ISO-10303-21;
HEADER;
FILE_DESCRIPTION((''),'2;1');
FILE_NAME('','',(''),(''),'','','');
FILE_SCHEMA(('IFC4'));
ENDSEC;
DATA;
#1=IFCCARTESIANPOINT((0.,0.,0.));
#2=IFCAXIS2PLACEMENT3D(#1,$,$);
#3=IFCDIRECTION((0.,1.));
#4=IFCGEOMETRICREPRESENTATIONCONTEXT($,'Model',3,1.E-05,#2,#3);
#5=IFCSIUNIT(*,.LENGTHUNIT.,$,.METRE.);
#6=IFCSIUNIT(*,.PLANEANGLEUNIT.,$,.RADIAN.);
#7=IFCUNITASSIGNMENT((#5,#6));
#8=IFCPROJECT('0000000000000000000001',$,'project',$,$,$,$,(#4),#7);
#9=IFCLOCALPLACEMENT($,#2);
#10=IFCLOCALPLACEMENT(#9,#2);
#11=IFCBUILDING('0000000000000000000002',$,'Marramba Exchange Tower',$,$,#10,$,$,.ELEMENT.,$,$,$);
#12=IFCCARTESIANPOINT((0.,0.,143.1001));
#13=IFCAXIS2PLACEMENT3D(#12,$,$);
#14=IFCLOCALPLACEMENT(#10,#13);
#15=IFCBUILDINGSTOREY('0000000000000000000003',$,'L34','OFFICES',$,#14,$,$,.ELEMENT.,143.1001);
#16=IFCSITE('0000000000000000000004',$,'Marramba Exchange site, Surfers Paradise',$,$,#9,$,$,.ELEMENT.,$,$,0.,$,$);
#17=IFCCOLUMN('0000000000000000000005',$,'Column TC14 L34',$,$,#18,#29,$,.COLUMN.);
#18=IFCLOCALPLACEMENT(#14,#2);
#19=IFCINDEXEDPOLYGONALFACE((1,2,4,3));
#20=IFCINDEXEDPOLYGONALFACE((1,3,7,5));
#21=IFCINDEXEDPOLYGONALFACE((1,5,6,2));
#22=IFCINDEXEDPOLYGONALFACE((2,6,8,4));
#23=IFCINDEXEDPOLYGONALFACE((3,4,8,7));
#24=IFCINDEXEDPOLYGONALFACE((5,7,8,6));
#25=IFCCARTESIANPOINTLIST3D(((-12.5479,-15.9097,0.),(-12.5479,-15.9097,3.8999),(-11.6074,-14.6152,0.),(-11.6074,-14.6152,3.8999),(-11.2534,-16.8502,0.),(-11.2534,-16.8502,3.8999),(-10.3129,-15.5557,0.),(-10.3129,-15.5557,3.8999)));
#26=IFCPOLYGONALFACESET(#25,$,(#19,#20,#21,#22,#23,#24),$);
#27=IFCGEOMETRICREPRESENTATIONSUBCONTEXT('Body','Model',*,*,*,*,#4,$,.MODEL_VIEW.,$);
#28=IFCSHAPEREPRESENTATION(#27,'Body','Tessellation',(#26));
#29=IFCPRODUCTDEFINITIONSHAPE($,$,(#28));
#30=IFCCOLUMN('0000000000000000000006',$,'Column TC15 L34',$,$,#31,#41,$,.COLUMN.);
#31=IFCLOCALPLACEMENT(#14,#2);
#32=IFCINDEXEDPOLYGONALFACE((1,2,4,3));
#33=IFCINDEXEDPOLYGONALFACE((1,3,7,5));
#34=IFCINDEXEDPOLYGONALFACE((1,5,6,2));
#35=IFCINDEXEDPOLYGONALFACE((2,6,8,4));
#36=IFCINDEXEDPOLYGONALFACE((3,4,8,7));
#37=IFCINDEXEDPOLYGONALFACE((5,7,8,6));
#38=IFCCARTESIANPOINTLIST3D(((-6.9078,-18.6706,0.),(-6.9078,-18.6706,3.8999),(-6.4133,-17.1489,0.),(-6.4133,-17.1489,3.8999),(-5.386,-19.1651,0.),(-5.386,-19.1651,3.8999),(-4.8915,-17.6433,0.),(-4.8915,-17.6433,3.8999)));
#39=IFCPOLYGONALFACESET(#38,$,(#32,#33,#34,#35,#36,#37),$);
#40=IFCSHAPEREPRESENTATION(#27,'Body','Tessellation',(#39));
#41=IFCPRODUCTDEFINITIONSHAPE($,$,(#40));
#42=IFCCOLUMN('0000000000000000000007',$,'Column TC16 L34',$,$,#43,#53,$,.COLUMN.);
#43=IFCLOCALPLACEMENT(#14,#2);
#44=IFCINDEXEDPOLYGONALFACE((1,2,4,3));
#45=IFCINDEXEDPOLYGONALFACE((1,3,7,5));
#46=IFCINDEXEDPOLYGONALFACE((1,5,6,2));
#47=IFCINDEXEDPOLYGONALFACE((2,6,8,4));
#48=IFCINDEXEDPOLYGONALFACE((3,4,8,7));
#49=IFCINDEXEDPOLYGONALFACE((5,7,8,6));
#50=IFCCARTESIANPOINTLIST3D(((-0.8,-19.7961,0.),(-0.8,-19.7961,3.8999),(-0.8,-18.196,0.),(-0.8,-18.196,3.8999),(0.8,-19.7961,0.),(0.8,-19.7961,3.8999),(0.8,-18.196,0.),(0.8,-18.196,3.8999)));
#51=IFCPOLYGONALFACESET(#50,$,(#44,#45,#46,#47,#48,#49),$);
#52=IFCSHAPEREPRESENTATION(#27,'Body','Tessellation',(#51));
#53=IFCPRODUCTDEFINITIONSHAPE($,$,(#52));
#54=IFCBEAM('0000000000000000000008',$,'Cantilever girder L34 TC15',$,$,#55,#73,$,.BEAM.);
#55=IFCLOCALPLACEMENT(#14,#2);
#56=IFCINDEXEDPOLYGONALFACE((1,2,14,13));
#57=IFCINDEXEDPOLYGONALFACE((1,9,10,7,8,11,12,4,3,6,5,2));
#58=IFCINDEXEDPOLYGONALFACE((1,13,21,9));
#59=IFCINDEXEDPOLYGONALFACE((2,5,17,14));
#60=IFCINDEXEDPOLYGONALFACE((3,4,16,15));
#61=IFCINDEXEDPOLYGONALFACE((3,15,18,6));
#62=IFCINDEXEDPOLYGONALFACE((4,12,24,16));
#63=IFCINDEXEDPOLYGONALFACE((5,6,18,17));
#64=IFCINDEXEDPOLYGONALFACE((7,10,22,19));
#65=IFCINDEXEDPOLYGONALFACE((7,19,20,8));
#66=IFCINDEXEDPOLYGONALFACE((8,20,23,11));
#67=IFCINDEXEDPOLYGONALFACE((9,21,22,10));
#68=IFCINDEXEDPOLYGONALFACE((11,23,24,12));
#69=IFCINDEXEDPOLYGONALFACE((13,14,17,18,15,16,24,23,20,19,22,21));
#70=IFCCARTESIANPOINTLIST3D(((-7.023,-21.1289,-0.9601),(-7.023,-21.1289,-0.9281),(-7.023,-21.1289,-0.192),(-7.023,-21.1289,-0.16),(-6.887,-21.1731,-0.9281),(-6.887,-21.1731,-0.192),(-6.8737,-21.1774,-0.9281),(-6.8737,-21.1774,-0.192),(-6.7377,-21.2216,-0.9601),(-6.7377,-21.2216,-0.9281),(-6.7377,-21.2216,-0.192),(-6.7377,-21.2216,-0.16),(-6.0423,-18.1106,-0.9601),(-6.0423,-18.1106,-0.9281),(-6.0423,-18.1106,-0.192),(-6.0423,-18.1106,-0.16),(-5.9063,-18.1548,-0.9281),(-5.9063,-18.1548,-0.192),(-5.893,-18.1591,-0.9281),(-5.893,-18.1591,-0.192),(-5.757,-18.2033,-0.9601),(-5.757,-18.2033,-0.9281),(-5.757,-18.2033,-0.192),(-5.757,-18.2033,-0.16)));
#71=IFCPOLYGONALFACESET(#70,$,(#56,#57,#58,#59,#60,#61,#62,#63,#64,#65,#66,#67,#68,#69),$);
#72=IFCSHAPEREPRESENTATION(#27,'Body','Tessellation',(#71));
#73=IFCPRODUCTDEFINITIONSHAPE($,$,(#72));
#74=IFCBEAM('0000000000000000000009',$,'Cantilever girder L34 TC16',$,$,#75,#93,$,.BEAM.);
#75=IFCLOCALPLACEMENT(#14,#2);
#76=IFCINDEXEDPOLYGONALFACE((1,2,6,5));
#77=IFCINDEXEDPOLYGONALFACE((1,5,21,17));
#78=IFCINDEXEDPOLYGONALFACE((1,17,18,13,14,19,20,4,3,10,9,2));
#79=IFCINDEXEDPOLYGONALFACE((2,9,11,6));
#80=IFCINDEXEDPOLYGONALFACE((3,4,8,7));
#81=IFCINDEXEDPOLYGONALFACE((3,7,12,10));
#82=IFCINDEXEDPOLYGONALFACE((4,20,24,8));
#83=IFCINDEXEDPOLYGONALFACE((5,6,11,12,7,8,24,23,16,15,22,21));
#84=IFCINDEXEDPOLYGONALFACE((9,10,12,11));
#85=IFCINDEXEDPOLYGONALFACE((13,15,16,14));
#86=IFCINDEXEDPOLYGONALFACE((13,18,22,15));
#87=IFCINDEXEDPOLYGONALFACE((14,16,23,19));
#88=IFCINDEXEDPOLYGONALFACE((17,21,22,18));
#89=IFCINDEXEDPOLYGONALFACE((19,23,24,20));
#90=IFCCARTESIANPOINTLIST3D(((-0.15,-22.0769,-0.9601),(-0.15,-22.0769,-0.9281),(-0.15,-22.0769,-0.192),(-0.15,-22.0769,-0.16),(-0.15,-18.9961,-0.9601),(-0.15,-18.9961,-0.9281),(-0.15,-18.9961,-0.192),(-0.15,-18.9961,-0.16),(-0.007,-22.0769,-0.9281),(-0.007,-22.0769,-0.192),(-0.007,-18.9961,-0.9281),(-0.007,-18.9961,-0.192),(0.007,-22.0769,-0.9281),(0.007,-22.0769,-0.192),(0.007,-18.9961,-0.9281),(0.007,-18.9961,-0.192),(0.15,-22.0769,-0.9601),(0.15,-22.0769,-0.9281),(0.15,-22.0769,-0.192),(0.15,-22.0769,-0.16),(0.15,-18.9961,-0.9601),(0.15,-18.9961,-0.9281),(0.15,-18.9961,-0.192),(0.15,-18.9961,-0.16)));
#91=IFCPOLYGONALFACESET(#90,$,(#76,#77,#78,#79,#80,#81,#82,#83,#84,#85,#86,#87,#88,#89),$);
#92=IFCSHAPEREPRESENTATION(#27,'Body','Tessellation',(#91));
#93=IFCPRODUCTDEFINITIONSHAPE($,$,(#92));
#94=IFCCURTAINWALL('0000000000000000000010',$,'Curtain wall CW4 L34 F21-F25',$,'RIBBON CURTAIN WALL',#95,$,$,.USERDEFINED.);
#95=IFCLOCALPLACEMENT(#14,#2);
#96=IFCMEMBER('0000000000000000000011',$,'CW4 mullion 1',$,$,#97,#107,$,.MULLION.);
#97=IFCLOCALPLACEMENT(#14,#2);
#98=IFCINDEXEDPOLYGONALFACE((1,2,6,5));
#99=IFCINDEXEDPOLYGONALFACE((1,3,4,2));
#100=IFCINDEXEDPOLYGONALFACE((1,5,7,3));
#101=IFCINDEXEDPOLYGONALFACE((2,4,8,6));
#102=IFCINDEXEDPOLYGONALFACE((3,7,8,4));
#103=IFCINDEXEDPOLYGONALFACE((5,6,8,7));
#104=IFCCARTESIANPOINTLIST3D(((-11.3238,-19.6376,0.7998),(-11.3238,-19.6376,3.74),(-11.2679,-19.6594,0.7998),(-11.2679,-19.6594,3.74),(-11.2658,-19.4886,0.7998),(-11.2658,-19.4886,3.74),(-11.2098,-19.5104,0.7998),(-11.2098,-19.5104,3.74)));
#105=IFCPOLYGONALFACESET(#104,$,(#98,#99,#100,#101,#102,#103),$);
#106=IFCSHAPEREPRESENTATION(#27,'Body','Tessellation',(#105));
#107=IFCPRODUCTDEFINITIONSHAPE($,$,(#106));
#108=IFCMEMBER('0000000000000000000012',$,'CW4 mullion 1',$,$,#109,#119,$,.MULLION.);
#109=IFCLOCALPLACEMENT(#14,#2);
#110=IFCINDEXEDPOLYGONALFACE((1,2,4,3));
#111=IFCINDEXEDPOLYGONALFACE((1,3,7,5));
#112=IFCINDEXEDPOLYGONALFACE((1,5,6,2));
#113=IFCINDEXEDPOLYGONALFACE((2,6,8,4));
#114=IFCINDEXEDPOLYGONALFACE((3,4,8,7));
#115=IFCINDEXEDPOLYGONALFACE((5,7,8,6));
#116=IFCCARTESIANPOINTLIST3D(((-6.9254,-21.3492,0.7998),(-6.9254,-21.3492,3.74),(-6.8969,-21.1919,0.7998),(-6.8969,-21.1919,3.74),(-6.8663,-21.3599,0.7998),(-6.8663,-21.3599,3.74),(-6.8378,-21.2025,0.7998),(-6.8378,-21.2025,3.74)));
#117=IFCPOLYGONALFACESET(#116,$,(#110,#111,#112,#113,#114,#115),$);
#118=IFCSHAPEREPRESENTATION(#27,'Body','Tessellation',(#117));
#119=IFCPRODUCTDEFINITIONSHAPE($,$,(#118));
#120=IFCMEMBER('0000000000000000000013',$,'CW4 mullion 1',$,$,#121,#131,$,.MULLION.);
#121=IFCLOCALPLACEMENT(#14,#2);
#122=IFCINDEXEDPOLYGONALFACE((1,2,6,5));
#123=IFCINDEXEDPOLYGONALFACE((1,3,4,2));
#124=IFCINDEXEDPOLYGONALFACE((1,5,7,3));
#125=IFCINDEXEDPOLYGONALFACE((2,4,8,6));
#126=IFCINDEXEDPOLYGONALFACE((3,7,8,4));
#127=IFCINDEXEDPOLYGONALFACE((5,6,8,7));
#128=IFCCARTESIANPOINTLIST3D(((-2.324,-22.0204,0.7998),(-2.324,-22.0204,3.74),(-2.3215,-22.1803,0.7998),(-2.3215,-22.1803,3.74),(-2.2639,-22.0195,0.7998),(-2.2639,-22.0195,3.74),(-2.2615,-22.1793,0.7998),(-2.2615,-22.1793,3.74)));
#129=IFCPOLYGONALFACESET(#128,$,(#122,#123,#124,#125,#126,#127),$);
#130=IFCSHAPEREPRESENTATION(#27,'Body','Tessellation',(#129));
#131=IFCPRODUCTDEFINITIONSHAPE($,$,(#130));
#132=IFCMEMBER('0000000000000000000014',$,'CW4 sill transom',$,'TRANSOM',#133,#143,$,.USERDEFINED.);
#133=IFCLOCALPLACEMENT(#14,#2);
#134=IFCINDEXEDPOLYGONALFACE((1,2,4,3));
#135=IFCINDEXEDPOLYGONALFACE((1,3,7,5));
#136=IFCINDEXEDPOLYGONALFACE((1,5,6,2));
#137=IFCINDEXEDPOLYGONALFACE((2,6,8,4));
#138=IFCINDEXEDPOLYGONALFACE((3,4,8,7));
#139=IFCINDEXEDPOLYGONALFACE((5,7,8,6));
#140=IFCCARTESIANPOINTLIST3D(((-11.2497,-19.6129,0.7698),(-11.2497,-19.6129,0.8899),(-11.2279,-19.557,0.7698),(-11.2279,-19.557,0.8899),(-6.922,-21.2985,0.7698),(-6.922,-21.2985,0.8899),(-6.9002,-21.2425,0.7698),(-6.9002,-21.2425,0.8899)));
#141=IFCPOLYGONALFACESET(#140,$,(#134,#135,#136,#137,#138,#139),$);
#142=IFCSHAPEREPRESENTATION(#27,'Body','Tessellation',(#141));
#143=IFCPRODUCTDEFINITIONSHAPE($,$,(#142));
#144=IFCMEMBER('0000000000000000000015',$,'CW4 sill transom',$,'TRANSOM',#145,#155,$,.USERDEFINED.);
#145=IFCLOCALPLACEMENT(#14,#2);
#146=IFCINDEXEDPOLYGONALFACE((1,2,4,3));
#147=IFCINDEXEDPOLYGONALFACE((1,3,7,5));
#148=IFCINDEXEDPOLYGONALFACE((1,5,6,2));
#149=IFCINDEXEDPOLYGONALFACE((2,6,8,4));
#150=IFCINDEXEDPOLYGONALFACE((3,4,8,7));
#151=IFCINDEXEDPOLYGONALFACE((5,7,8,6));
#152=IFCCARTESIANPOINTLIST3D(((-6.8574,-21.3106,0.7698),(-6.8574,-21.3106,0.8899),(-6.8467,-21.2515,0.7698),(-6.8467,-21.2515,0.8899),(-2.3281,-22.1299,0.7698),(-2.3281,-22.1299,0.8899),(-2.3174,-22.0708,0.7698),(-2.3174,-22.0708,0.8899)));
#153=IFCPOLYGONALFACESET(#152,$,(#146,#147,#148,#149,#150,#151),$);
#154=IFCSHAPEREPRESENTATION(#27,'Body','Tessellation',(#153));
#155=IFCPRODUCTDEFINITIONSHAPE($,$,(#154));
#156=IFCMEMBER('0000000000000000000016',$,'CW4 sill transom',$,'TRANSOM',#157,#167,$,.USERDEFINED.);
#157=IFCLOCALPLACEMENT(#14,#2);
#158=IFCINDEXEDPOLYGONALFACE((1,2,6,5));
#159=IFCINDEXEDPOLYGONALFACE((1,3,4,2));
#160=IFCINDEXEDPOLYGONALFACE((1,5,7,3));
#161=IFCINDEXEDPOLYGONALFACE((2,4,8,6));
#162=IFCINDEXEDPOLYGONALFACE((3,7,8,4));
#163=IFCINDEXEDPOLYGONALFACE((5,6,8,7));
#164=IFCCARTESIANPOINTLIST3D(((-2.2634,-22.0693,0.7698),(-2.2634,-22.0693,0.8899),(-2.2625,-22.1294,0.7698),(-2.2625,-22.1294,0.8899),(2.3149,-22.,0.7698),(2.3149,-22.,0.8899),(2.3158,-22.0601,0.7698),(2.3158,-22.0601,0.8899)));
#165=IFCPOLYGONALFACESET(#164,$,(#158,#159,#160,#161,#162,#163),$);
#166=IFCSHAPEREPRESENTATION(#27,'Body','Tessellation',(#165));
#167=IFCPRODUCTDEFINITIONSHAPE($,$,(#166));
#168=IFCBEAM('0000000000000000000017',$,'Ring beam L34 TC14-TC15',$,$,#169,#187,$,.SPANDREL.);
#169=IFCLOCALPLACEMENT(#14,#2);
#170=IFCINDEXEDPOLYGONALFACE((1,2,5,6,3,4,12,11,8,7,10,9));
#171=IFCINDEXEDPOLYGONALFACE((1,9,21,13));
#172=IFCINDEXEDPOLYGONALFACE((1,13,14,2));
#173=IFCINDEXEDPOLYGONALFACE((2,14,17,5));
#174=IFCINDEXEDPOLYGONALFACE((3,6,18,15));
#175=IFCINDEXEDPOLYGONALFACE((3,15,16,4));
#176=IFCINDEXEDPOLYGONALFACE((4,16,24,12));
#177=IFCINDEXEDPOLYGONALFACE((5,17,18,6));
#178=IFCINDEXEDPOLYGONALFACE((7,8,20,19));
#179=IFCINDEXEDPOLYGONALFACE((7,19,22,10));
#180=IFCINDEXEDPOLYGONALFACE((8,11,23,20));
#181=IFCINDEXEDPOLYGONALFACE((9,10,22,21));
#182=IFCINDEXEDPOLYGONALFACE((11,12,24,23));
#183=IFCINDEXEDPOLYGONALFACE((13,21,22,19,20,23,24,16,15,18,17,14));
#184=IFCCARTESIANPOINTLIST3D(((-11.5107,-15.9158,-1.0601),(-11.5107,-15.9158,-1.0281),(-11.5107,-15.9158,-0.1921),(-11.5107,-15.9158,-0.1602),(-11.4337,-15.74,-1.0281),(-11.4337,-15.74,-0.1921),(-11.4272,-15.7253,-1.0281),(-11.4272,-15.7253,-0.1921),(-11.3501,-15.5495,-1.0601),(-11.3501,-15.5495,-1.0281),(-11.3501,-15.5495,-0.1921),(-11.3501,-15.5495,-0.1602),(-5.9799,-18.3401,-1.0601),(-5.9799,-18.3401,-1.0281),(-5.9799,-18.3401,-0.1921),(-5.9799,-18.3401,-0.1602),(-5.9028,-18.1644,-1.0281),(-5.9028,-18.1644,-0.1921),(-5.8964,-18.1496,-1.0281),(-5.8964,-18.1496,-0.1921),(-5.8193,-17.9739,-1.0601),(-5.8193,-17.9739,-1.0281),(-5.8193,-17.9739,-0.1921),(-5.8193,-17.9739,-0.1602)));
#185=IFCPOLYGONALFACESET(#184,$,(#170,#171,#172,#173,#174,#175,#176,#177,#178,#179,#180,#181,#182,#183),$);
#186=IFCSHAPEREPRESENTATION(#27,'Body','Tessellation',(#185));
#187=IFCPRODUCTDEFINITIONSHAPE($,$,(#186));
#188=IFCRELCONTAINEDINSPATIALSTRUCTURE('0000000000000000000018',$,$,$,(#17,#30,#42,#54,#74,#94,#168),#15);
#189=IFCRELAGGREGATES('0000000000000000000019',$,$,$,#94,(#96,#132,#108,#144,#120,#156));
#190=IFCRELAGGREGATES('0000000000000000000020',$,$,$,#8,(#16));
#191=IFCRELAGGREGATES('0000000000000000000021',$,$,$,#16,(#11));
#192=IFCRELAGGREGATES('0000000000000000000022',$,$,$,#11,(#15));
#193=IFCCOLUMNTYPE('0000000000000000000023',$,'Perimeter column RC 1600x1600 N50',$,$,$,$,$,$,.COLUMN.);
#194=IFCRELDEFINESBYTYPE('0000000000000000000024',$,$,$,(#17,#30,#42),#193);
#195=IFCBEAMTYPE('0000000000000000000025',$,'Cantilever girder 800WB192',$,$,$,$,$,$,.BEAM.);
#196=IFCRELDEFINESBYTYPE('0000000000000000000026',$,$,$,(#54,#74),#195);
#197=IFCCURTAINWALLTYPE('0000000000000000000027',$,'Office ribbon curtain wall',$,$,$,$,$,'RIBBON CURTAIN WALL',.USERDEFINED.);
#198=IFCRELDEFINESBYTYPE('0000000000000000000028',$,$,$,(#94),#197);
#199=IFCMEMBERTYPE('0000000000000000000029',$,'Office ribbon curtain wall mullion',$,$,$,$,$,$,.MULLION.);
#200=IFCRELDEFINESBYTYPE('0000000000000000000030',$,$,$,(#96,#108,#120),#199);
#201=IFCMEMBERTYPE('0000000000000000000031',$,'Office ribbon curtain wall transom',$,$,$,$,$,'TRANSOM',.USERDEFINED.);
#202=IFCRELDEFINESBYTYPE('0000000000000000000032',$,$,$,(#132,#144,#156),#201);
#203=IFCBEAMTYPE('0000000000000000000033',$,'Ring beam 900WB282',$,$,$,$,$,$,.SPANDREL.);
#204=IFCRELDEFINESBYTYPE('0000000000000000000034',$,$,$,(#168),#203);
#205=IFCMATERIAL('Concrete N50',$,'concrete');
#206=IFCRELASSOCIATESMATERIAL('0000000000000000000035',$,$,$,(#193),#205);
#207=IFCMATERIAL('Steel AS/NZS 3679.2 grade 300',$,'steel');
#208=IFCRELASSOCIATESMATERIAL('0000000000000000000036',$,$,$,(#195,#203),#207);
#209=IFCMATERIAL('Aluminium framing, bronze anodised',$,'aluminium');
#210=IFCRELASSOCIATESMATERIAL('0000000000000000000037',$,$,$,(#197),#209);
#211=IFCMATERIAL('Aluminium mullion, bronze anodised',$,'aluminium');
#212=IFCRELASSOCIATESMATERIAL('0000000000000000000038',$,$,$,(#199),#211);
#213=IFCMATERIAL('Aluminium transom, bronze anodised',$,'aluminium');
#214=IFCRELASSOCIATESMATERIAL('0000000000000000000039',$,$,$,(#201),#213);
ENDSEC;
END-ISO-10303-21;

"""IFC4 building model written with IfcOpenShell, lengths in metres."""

from ifc_helpers import new_model, si_unit, direction, frame, origin, origin_2d, place, context, subcontext, project, spatial, rectangle, i_section, extrude, material, material_profile, profile_set, type_object, element, aggregate, save


model = new_model("IFC4")

# Units and contexts
model_context = context("Model", 3, precision=1e-05, world=origin(), true_north=direction((0.0, 1.0)))
body_context = subcontext(model_context, "Body", "Model", "MODEL_VIEW")
ifc_project = project(units=[si_unit("LENGTHUNIT", "METRE"), si_unit("PLANEANGLEUNIT", "RADIAN")], contexts=[model_context])

# Site, building, storey
site_placement = place(None, origin())
site = spatial("IfcSite", under=ifc_project, at=site_placement, Name="Marramba Exchange site, Surfers Paradise", CompositionType="ELEMENT", RefElevation=0.0)
building_placement = place(site_placement, origin())
building = spatial("IfcBuilding", under=site, at=building_placement, Name="Marramba Exchange Tower", CompositionType="ELEMENT")
storey_placement = place(building_placement, frame((0.0, 0.0, 143.1001)))
storey = spatial("IfcBuildingStorey", under=building, at=storey_placement, Name="L34", Description="OFFICES", CompositionType="ELEMENT", Elevation=143.1001)

# Columns
ifc_material_1 = material(Name="Concrete N50", Category="concrete")
ifc_material_profile_1 = material_profile(ifc_material_1, rectangle(XDim=1.6001, YDim=1.6001, at=origin_2d()), Name="RC 1600x1600")
ifc_profile_set_1 = profile_set([ifc_material_profile_1], Name="Concrete N50")
column_type = type_object("IfcColumnType", Name="Perimeter column RC 1600x1600 N50", PredefinedType="COLUMN", material=ifc_profile_set_1)
for number, where, z_axis, x_axis, name in (
    (1, (-11.4304, -15.7327, 0.0), (0.0, 0.0, 1.0), (-0.587785, -0.809017, 0.0), "Column TC14 L34"),
    (2, (-5.8997, -18.157, 0.0), (0.0, 0.0, 1.0), (-0.309017, -0.951057, 0.0), "Column TC15 L34"),
    (3, (0.0, -18.9961, 0.0), (0.0, 0.0, 1.0), (0.0, -1.0, 0.0), "Column TC16 L34"),
):
    element("IfcColumn", number, at=place(storey_placement, frame(where, z_axis=z_axis, x_axis=x_axis)), inside=storey, type_object=column_type, Name=name, PredefinedType="COLUMN", context=body_context, shape_type="SweptSolid", body=[
        extrude(rectangle(XDim=1.6001, YDim=1.6001, at=origin_2d()), origin(), (0.0, 0.0, 1.0), 3.8999),
    ])

# Beams
ifc_material_2 = material(Name="Steel AS/NZS 3679.2 grade 300", Category="steel")
ifc_material_profile_2 = material_profile(ifc_material_2, i_section(OverallWidth=0.3, OverallDepth=0.8, WebThickness=0.0139, FlangeThickness=0.032, at=origin_2d()), Name="800WB192")
ifc_profile_set_2 = profile_set([ifc_material_profile_2], Name="Steel AS/NZS 3679.2 grade 300")
beam_type_1 = type_object("IfcBeamType", Name="Cantilever girder 800WB192", PredefinedType="BEAM", material=ifc_profile_set_2)
beam_1_placement = place(storey_placement, frame((-5.8997, -18.157, -0.5601), z_axis=(-0.309018, -0.951056, 0.0), x_axis=(0.951056, -0.309018, 0.0)))
element("IfcBeam", 4, at=beam_1_placement, inside=storey, type_object=beam_type_1, Name="Cantilever girder L34 TC15", PredefinedType="BEAM", context=body_context, shape_type="SweptSolid", body=[
    extrude(i_section(OverallWidth=0.3, OverallDepth=0.8, WebThickness=0.0139, FlangeThickness=0.032, at=origin_2d()), origin(), (0.0, 0.0, 1.0), 3.1736),
])
beam_2_placement = place(storey_placement, frame((0.0, -18.9961, -0.5601), z_axis=(0.0, -1.0, 0.0), x_axis=(1.0, 0.0, 0.0)))
element("IfcBeam", 5, at=beam_2_placement, inside=storey, type_object=beam_type_1, Name="Cantilever girder L34 TC16", PredefinedType="BEAM", context=body_context, shape_type="SweptSolid", body=[
    extrude(i_section(OverallWidth=0.3, OverallDepth=0.8, WebThickness=0.0139, FlangeThickness=0.032, at=origin_2d()), origin(), (0.0, 0.0, 1.0), 3.0808),
])

# Curtain wall, members
ifc_material_3 = material(Name="Aluminium framing, bronze anodised", Category="aluminium")
curtain_wall_type = type_object("IfcCurtainWallType", Name="Office ribbon curtain wall", ElementType="RIBBON CURTAIN WALL", PredefinedType="USERDEFINED", material=ifc_material_3)
curtain_wall_placement = place(storey_placement, origin())
curtain_wall = element("IfcCurtainWall", 6, at=curtain_wall_placement, inside=storey, type_object=curtain_wall_type, Name="Curtain wall CW4 L34 F21-F25", ObjectType="RIBBON CURTAIN WALL", PredefinedType="USERDEFINED")
ifc_material_4 = material(Name="Aluminium mullion, bronze anodised", Category="aluminium")
ifc_material_profile_3 = material_profile(ifc_material_4, rectangle(XDim=0.1599, YDim=0.0601, at=origin_2d()), Name="CW4 mullion 60x160")
ifc_profile_set_3 = profile_set([ifc_material_profile_3], Name="Aluminium mullion, bronze anodised")
member_type_1 = type_object("IfcMemberType", Name="Office ribbon curtain wall mullion", PredefinedType="MULLION", material=ifc_profile_set_3)
member_1_placement = place(storey_placement, frame((-11.2668, -19.574, 0.7998), z_axis=(0.0, 0.0, 1.0), x_axis=(0.362925, 0.931818, 0.0)))
member_1 = element("IfcMember", 7, at=member_1_placement, type_object=member_type_1, Name="CW4 mullion 1", PredefinedType="MULLION", context=body_context, shape_type="SweptSolid", body=[
    extrude(rectangle(XDim=0.1599, YDim=0.0601, at=origin_2d()), origin(), (0.0, 0.0, 1.0), 2.9402),
])
member_2_placement = place(storey_placement, frame((-6.8816, -21.2759, 0.7998), z_axis=(0.0, 0.0, 1.0), x_axis=(0.177992, 0.984032, 0.0)))
member_2 = element("IfcMember", 8, at=member_2_placement, type_object=member_type_1, Name="CW4 mullion 1", PredefinedType="MULLION", context=body_context, shape_type="SweptSolid", body=[
    extrude(rectangle(XDim=0.1599, YDim=0.0601, at=origin_2d()), origin(), (0.0, 0.0, 1.0), 2.9402),
])
member_3_placement = place(storey_placement, frame((-2.2927, -22.0999, 0.7998), z_axis=(0.0, 0.0, 1.0), x_axis=(-0.015179, 0.999885, 0.0)))
member_3 = element("IfcMember", 9, at=member_3_placement, type_object=member_type_1, Name="CW4 mullion 1", PredefinedType="MULLION", context=body_context, shape_type="SweptSolid", body=[
    extrude(rectangle(XDim=0.1599, YDim=0.0601, at=origin_2d()), origin(), (0.0, 0.0, 1.0), 2.9402),
])
ifc_material_5 = material(Name="Aluminium transom, bronze anodised", Category="aluminium")
ifc_material_profile_4 = material_profile(ifc_material_5, rectangle(XDim=0.0601, YDim=0.1201, at=origin_2d()), Name="CW4 transom 60x120")
ifc_profile_set_4 = profile_set([ifc_material_profile_4], Name="Aluminium transom, bronze anodised")
member_type_2 = type_object("IfcMemberType", Name="Office ribbon curtain wall transom", ElementType="TRANSOM", PredefinedType="USERDEFINED", material=ifc_profile_set_4)
member_4_placement = place(storey_placement, frame((-11.2388, -19.585, 0.8298), z_axis=(0.931817, -0.362928, 0.0), x_axis=(0.362928, 0.931817, 0.0)))
member_4 = element("IfcMember", 10, at=member_4_placement, type_object=member_type_2, Name="CW4 sill transom", ObjectType="TRANSOM", PredefinedType="USERDEFINED", context=body_context, shape_type="SweptSolid", body=[
    extrude(rectangle(XDim=0.0601, YDim=0.1201, at=origin_2d()), origin(), (0.0, 0.0, 1.0), 4.6443),
])
member_5_placement = place(storey_placement, frame((-6.8521, -21.281, 0.8298), z_axis=(0.984029, -0.178008, 0.0), x_axis=(0.178008, 0.984029, 0.0)))
member_5 = element("IfcMember", 11, at=member_5_placement, type_object=member_type_2, Name="CW4 sill transom", ObjectType="TRANSOM", PredefinedType="USERDEFINED", context=body_context, shape_type="SweptSolid", body=[
    extrude(rectangle(XDim=0.0601, YDim=0.1201, at=origin_2d()), origin(), (0.0, 0.0, 1.0), 4.6028),
])
member_6_placement = place(storey_placement, frame((-2.2629, -22.0994, 0.8298), z_axis=(0.999885, 0.015143, 0.0), x_axis=(-0.015143, 0.999885, 0.0)))
member_6 = element("IfcMember", 12, at=member_6_placement, type_object=member_type_2, Name="CW4 sill transom", ObjectType="TRANSOM", PredefinedType="USERDEFINED", context=body_context, shape_type="SweptSolid", body=[
    extrude(rectangle(XDim=0.0601, YDim=0.1201, at=origin_2d()), origin(), (0.0, 0.0, 1.0), 4.5789),
])

# Beam
ifc_material_profile_5 = material_profile(ifc_material_2, i_section(OverallWidth=0.3999, OverallDepth=0.8999, WebThickness=0.0161, FlangeThickness=0.032, at=origin_2d()), Name="900WB282")
ifc_profile_set_5 = profile_set([ifc_material_profile_5], Name="Steel AS/NZS 3679.2 grade 300")
beam_type_2 = type_object("IfcBeamType", Name="Ring beam 900WB282", PredefinedType="SPANDREL", material=ifc_profile_set_5)
beam_3_placement = place(storey_placement, frame((-11.4304, -15.7327, -0.6101), z_axis=(0.915877, -0.401459, 0.0), x_axis=(0.401459, 0.915877, 0.0)))
element("IfcBeam", 13, at=beam_3_placement, inside=storey, type_object=beam_type_2, Name="Ring beam L34 TC14-TC15", PredefinedType="SPANDREL", context=body_context, shape_type="SweptSolid", body=[
    extrude(i_section(OverallWidth=0.3999, OverallDepth=0.8999, WebThickness=0.0161, FlangeThickness=0.032, at=origin_2d()), origin(), (0.0, 0.0, 1.0), 6.0388),
])

aggregate(curtain_wall, [member_1, member_4, member_2, member_5, member_3, member_6])

save(model, "model.ifc")
